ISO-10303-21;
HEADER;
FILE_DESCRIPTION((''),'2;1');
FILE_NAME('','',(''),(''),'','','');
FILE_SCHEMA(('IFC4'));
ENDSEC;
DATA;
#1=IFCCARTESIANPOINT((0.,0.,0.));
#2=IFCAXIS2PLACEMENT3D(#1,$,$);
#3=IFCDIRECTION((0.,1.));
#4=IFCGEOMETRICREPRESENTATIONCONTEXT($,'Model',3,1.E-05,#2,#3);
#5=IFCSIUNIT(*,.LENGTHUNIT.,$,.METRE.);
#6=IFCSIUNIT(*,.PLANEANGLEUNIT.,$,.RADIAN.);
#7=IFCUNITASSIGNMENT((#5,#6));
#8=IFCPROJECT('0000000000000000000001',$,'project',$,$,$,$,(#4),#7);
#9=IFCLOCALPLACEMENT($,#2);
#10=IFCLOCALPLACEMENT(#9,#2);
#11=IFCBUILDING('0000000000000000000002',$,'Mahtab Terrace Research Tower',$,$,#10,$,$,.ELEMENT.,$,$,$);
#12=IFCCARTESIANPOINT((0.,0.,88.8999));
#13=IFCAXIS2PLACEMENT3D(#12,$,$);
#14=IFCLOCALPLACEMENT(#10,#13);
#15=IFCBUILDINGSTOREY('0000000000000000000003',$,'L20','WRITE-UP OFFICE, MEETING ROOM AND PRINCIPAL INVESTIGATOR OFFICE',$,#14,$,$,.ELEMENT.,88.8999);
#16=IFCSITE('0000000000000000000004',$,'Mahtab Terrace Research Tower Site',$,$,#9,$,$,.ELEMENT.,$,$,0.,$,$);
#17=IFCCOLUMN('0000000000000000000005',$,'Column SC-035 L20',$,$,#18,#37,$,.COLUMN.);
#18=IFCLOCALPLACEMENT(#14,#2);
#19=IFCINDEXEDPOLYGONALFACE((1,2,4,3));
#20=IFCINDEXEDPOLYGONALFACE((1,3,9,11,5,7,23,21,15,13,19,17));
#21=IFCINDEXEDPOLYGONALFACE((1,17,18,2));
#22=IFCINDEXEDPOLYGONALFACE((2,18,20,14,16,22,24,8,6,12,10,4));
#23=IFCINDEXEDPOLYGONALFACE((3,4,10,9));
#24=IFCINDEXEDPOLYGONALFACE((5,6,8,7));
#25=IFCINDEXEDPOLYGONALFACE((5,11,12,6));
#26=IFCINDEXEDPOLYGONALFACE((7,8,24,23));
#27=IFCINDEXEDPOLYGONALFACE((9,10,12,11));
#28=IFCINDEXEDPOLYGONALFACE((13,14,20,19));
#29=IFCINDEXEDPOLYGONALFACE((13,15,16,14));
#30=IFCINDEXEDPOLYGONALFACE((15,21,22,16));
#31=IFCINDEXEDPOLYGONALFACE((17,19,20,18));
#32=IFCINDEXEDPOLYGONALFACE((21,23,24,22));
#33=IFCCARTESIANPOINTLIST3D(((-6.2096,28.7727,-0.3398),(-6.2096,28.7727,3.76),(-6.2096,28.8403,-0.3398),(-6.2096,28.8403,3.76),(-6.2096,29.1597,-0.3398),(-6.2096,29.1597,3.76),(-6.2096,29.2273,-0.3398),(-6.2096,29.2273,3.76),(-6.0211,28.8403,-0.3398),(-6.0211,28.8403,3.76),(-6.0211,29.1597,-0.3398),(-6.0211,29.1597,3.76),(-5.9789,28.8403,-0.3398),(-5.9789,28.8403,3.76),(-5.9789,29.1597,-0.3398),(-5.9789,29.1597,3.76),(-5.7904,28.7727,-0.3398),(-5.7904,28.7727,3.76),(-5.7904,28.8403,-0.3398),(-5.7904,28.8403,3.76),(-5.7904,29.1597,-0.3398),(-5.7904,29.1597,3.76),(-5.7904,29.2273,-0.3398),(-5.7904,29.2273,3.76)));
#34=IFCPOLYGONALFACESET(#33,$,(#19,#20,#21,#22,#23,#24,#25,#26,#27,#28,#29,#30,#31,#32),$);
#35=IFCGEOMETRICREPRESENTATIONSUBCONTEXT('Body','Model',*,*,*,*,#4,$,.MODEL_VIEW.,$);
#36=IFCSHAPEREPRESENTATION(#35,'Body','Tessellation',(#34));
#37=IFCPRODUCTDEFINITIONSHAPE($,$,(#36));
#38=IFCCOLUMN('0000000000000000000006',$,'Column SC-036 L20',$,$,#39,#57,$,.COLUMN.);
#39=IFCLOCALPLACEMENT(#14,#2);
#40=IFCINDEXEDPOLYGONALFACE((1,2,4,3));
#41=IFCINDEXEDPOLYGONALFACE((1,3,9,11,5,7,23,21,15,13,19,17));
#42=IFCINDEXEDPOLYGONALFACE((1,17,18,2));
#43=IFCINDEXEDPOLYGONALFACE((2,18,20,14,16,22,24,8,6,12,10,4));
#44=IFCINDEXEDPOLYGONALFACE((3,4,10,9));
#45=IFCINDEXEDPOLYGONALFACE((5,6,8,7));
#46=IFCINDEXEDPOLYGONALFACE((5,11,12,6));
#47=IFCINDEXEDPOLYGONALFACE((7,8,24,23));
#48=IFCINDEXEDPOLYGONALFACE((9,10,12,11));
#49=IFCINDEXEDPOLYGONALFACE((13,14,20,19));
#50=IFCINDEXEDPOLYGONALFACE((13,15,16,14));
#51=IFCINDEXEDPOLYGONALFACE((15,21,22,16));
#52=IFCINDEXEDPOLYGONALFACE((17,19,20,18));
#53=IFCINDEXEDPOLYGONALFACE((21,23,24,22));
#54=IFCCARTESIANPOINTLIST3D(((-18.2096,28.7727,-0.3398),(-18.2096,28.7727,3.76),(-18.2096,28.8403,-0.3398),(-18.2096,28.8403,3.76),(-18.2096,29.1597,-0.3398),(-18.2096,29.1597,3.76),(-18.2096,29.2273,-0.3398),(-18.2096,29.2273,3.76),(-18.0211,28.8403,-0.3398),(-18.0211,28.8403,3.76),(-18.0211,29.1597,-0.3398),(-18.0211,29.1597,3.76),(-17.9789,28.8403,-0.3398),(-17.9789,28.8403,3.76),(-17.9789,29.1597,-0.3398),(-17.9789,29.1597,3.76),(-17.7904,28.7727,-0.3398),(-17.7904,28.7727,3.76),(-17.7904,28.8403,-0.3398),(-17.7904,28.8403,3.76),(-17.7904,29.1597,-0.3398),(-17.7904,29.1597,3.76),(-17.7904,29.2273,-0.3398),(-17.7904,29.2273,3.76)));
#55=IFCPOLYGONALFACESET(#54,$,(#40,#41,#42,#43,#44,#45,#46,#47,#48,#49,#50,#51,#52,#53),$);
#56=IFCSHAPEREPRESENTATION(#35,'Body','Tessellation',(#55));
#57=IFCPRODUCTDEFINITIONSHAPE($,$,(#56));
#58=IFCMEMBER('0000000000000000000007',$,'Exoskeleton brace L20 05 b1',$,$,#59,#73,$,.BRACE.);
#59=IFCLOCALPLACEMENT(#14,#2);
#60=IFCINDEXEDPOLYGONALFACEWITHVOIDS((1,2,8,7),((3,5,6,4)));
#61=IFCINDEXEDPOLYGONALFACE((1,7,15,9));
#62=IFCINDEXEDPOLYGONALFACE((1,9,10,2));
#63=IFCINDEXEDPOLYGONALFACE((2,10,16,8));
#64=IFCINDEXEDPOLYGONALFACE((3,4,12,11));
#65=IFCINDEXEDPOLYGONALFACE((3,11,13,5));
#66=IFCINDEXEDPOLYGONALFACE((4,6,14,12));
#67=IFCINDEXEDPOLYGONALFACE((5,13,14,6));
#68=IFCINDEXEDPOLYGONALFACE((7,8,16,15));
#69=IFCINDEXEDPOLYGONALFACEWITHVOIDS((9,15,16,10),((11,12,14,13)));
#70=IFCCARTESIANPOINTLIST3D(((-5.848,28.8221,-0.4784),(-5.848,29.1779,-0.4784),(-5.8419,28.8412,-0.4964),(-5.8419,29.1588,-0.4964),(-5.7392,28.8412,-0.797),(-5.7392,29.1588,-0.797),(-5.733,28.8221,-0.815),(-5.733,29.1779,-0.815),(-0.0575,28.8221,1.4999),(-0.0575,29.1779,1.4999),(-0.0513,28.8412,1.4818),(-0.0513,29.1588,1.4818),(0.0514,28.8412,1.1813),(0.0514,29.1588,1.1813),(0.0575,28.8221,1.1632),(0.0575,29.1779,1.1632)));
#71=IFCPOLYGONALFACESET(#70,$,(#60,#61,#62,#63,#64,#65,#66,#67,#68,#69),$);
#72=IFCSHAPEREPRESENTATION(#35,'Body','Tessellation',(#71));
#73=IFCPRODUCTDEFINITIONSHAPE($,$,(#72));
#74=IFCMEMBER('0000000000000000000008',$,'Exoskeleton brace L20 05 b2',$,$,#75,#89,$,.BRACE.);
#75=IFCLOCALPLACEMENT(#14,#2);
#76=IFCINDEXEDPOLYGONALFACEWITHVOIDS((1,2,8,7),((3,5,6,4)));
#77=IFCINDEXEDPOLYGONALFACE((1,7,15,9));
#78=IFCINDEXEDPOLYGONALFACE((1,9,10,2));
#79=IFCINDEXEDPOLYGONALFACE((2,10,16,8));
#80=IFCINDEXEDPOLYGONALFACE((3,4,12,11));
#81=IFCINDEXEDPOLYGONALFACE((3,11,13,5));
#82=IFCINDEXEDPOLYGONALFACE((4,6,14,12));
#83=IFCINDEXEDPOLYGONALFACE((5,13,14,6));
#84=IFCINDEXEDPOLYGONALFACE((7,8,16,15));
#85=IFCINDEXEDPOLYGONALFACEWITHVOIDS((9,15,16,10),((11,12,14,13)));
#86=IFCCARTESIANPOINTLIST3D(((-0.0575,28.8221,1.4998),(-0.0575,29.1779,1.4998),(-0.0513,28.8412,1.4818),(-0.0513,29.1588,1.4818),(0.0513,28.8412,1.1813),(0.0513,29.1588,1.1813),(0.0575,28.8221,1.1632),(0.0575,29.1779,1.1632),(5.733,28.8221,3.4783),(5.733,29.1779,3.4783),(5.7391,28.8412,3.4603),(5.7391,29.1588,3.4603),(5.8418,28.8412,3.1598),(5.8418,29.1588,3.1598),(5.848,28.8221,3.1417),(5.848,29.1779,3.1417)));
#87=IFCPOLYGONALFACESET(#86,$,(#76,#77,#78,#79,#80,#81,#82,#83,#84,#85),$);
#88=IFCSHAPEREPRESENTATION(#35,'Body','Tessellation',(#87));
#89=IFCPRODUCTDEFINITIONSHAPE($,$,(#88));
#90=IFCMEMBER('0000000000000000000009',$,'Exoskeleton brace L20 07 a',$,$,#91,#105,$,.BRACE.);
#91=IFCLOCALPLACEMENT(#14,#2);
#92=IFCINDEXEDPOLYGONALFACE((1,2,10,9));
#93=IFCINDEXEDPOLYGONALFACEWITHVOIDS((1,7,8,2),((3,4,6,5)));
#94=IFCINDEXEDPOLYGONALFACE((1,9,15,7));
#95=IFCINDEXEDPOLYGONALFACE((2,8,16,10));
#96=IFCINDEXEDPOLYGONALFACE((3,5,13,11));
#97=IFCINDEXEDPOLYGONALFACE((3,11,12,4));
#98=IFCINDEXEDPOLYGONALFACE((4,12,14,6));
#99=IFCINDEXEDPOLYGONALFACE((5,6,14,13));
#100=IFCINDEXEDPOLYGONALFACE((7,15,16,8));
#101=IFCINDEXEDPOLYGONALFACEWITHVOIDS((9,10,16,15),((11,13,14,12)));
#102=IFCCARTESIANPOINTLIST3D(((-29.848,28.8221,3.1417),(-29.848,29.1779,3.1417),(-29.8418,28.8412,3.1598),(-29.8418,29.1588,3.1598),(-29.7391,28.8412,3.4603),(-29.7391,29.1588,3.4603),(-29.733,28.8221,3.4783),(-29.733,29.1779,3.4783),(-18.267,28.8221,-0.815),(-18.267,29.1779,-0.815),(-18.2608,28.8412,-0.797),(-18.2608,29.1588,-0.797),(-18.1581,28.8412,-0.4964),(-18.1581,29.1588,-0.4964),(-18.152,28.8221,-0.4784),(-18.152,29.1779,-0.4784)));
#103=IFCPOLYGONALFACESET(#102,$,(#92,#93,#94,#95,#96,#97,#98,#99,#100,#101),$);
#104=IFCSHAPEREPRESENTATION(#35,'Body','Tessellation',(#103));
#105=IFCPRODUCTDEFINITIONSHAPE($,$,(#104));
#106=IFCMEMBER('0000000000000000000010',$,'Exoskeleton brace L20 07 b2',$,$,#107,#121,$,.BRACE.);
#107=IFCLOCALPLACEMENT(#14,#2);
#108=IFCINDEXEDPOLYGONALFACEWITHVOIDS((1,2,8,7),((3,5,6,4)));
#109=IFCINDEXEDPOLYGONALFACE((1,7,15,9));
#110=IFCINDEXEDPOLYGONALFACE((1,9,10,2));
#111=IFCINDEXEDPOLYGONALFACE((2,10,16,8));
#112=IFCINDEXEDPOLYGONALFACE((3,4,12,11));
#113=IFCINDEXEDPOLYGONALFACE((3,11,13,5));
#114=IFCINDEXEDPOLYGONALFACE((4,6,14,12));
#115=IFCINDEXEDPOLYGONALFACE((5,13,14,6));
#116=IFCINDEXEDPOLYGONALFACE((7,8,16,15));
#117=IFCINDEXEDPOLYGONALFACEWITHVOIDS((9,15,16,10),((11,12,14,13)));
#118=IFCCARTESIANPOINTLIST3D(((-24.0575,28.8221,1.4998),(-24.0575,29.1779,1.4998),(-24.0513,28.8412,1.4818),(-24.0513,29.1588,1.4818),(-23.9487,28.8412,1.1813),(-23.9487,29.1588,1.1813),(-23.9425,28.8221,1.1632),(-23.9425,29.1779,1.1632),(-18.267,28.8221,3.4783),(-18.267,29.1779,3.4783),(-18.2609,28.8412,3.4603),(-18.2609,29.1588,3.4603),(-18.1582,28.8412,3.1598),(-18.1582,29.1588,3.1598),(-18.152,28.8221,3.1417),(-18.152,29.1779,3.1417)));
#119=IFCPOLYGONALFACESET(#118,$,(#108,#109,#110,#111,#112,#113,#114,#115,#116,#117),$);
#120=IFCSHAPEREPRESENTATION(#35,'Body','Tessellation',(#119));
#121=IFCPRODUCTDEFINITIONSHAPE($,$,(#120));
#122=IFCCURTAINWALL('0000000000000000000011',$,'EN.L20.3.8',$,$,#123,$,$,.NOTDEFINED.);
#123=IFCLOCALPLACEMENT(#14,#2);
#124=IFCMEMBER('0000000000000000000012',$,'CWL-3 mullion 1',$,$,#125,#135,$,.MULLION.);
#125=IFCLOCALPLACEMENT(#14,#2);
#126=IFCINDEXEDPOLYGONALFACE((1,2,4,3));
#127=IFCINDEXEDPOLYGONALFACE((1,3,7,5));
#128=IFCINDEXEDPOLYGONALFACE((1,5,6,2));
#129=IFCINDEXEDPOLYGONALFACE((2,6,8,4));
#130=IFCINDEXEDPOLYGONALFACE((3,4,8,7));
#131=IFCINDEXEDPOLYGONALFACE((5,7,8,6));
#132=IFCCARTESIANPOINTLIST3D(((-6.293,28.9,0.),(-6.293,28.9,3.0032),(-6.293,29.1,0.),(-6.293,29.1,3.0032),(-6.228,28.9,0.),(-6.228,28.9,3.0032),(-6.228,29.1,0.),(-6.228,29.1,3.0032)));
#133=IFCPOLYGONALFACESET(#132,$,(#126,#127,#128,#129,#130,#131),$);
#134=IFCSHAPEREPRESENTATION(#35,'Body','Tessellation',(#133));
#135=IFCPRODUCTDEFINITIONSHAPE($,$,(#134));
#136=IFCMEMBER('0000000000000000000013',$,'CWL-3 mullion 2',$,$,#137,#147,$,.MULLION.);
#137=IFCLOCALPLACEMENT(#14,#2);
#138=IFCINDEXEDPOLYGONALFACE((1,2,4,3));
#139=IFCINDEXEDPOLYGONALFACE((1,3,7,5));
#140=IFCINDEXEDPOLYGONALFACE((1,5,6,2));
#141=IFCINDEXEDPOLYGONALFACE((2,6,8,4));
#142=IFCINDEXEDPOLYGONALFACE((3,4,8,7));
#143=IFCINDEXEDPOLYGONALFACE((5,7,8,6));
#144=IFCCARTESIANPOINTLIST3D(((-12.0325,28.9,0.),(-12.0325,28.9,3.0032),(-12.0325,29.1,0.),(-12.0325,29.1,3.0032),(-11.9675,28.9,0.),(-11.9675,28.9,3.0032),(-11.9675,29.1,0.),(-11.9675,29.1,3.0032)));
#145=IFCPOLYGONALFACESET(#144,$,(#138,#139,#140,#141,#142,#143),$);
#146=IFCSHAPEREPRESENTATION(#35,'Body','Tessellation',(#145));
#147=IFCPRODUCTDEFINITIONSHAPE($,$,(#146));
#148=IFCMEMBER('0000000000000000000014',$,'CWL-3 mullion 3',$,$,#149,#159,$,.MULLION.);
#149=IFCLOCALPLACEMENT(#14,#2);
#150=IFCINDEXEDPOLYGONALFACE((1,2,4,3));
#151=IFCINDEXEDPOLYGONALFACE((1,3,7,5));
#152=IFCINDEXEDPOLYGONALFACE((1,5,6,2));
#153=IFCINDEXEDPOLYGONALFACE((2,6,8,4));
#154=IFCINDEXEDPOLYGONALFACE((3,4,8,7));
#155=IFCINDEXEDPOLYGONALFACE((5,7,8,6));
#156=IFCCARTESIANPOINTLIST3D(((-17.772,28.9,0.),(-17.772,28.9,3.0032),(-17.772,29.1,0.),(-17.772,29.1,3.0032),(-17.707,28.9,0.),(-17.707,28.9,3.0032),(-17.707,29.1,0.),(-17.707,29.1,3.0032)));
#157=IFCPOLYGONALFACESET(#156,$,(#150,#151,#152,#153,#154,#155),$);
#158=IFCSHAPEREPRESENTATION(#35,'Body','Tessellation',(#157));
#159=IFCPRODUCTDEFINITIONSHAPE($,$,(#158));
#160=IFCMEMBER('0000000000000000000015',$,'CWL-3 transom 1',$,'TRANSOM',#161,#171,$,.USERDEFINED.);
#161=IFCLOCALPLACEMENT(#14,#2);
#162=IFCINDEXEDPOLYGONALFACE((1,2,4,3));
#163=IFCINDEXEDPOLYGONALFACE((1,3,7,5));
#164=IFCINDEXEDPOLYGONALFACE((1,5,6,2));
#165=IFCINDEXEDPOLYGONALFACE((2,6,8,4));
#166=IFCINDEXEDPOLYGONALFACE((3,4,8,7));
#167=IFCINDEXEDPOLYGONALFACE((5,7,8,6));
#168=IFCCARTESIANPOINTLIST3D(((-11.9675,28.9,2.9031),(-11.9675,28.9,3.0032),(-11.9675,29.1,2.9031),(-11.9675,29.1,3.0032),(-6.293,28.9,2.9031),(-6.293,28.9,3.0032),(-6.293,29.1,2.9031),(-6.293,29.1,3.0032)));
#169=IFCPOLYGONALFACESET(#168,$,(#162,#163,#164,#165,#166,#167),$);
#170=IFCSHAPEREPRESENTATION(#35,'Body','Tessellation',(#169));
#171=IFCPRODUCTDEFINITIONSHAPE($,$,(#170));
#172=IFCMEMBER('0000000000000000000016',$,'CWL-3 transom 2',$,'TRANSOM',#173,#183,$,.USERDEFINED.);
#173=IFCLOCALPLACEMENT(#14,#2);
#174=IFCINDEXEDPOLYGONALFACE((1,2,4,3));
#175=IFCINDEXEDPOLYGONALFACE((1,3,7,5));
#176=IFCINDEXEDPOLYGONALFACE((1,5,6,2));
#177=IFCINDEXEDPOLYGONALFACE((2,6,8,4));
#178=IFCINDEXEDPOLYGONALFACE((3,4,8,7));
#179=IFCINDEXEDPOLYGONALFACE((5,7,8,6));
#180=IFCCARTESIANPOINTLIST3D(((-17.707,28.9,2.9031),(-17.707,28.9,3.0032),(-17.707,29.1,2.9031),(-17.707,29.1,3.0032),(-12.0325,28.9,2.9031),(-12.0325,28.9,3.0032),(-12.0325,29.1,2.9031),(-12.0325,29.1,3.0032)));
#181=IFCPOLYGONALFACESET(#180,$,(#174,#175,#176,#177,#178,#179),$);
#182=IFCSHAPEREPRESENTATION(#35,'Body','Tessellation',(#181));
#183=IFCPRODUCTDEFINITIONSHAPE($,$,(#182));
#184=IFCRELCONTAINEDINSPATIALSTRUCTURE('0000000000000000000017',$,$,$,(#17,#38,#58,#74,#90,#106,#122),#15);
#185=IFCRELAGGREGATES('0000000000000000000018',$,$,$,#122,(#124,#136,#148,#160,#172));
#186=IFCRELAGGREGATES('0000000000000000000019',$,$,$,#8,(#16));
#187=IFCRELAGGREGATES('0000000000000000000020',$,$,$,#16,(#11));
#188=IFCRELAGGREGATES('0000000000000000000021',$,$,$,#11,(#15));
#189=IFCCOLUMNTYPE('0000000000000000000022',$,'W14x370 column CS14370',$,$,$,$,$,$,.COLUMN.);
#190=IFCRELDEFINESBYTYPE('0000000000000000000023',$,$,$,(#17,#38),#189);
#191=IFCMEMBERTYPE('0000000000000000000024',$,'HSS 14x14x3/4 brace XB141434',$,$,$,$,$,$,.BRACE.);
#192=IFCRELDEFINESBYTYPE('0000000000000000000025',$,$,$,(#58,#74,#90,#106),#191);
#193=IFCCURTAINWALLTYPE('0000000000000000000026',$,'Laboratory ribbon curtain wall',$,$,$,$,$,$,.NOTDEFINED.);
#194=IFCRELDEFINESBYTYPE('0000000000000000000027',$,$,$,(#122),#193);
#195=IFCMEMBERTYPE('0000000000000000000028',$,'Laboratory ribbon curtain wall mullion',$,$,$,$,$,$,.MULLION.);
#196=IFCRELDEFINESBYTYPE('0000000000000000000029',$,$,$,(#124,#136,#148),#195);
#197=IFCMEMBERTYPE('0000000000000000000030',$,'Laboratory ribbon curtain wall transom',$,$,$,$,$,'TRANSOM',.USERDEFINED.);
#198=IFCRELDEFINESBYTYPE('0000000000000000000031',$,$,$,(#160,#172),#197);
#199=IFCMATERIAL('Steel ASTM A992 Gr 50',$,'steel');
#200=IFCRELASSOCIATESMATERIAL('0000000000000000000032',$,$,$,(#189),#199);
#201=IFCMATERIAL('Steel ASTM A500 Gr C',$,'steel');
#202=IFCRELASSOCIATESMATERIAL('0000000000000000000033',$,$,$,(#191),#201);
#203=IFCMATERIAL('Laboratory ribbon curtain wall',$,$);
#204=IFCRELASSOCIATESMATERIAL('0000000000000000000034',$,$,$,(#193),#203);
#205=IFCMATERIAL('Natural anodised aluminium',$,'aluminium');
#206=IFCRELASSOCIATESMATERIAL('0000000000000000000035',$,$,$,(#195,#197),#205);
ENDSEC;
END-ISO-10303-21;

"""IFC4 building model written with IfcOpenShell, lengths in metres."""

from ifc_helpers import new_model, si_unit, direction, frame, origin, origin_2d, place, context, subcontext, project, spatial, rectangle, hollow_rectangle, i_section, extrude, material, material_profile, profile_set, type_object, element, aggregate, save


model = new_model("IFC4")

# Units and contexts
model_context = context("Model", 3, precision=1e-05, world=origin(), true_north=direction((0.0, 1.0)))
body_context = subcontext(model_context, "Body", "Model", "MODEL_VIEW")
ifc_project = project(units=[si_unit("LENGTHUNIT", "METRE"), si_unit("PLANEANGLEUNIT", "RADIAN")], contexts=[model_context])

# Site, building, storey
site_placement = place(None, origin())
site = spatial("IfcSite", under=ifc_project, at=site_placement, Name="Mahtab Terrace Research Tower Site", CompositionType="ELEMENT", RefElevation=0.0)
building_placement = place(site_placement, origin())
building = spatial("IfcBuilding", under=site, at=building_placement, Name="Mahtab Terrace Research Tower", CompositionType="ELEMENT")
storey_placement = place(building_placement, frame((0.0, 0.0, 88.8999)))
storey = spatial("IfcBuildingStorey", under=building, at=storey_placement, Name="L20", Description="WRITE-UP OFFICE, MEETING ROOM AND PRINCIPAL INVESTIGATOR OFFICE", CompositionType="ELEMENT", Elevation=88.8999)

# Columns
ifc_material_1 = material(Name="Steel ASTM A992 Gr 50", Category="steel")
ifc_material_profile_1 = material_profile(ifc_material_1, i_section(OverallWidth=0.4192, OverallDepth=0.4546, WebThickness=0.0422, FlangeThickness=0.0676, at=origin_2d()), Name="W14X370")
ifc_profile_set_1 = profile_set([ifc_material_profile_1], Name="Steel ASTM A992 Gr 50")
column_type = type_object("IfcColumnType", Name="W14x370 column CS14370", PredefinedType="COLUMN", material=ifc_profile_set_1)
for number, where, z_axis, x_axis, name in (
    (1, (-6.0, 29.0, -0.3398), (0.0, 0.0, 1.0), (1.0, 0.0, 0.0), "Column SC-035 L20"),
    (2, (-18.0, 29.0, -0.3398), (0.0, 0.0, 1.0), (1.0, 0.0, 0.0), "Column SC-036 L20"),
):
    element("IfcColumn", number, at=place(storey_placement, frame(where, z_axis=z_axis, x_axis=x_axis)), inside=storey, type_object=column_type, Name=name, PredefinedType="COLUMN", context=body_context, shape_type="SweptSolid", body=[
        extrude(i_section(OverallWidth=0.4192, OverallDepth=0.4546, WebThickness=0.0422, FlangeThickness=0.0676, at=origin_2d()), origin(), (0.0, 0.0, 1.0), 4.0999),
    ])

# Members
ifc_material_2 = material(Name="Steel ASTM A500 Gr C", Category="steel")
ifc_material_profile_2 = material_profile(ifc_material_2, hollow_rectangle(XDim=0.3557, YDim=0.3557, WallThickness=0.019, at=origin_2d()), Name="HSS14X14X3/4")
ifc_profile_set_2 = profile_set([ifc_material_profile_2], Name="Steel ASTM A500 Gr C")
member_type_1 = type_object("IfcMemberType", Name="HSS 14x14x3/4 brace XB141434", PredefinedType="BRACE", material=ifc_profile_set_2)
for number, where, z_axis, x_axis, name in (
    (3, (-5.7905, 29.0, -0.6467), (0.946299, 0.0, 0.323293), (0.0, 1.0, 0.0), "Exoskeleton brace L20 05 b1"),
    (4, (0.0, 29.0, 1.3315), (0.946287, 0.0, 0.323329), (0.0, 1.0, 0.0), "Exoskeleton brace L20 05 b2"),
):
    element("IfcMember", number, at=place(storey_placement, frame(where, z_axis=z_axis, x_axis=x_axis)), inside=storey, type_object=member_type_1, Name=name, PredefinedType="BRACE", context=body_context, shape_type="SweptSolid", body=[
        extrude(hollow_rectangle(XDim=0.3557, YDim=0.3557, WallThickness=0.019, at=origin_2d()), origin(), (0.0, 0.0, 1.0), 6.1191),
    ])
member_1_placement = place(storey_placement, frame((-18.2095, 29.0, -0.6467), z_axis=(-0.946293, 0.0, 0.323311), x_axis=(0.0, -1.0, 0.0)))
element("IfcMember", 5, at=member_1_placement, inside=storey, type_object=member_type_1, Name="Exoskeleton brace L20 07 a", PredefinedType="BRACE", context=body_context, shape_type="SweptSolid", body=[
    extrude(hollow_rectangle(XDim=0.3557, YDim=0.3557, WallThickness=0.019, at=origin_2d()), origin(), (0.0, 0.0, 1.0), 12.2383),
])
member_2_placement = place(storey_placement, frame((-24.0, 29.0, 1.3315), z_axis=(0.946287, 0.0, 0.323329), x_axis=(0.0, 1.0, 0.0)))
element("IfcMember", 6, at=member_2_placement, inside=storey, type_object=member_type_1, Name="Exoskeleton brace L20 07 b2", PredefinedType="BRACE", context=body_context, shape_type="SweptSolid", body=[
    extrude(hollow_rectangle(XDim=0.3557, YDim=0.3557, WallThickness=0.019, at=origin_2d()), origin(), (0.0, 0.0, 1.0), 6.1191),
])

# Curtain wall, members
ifc_material_3 = material(Name="Laboratory ribbon curtain wall")
curtain_wall_type = type_object("IfcCurtainWallType", Name="Laboratory ribbon curtain wall", PredefinedType="NOTDEFINED", material=ifc_material_3)
curtain_wall_placement = place(storey_placement, origin())
curtain_wall = element("IfcCurtainWall", 7, at=curtain_wall_placement, inside=storey, type_object=curtain_wall_type, Name="EN.L20.3.8", PredefinedType="NOTDEFINED")
ifc_material_4 = material(Name="Natural anodised aluminium", Category="aluminium")
ifc_material_profile_3 = material_profile(ifc_material_4, rectangle(XDim=0.2, YDim=0.0649, at=origin_2d()), Name="MULLION 65x200")
ifc_profile_set_3 = profile_set([ifc_material_profile_3], Name="Natural anodised aluminium")
member_type_2 = type_object("IfcMemberType", Name="Laboratory ribbon curtain wall mullion", PredefinedType="MULLION", material=ifc_profile_set_3)
member_3_placement = place(storey_placement, frame((-6.2605, 29.0, 0.0), z_axis=(0.0, 0.0, 1.0), x_axis=(0.0, -1.0, 0.0)))
member_3 = element("IfcMember", 8, at=member_3_placement, type_object=member_type_2, Name="CWL-3 mullion 1", PredefinedType="MULLION", context=body_context, shape_type="SweptSolid", body=[
    extrude(rectangle(XDim=0.2, YDim=0.0649, at=origin_2d()), origin(), (0.0, 0.0, 1.0), 3.0032),
])
member_4_placement = place(storey_placement, frame((-12.0, 29.0, 0.0), z_axis=(0.0, 0.0, 1.0), x_axis=(0.0, -1.0, 0.0)))
member_4 = element("IfcMember", 9, at=member_4_placement, type_object=member_type_2, Name="CWL-3 mullion 2", PredefinedType="MULLION", context=body_context, shape_type="SweptSolid", body=[
    extrude(rectangle(XDim=0.2, YDim=0.0649, at=origin_2d()), origin(), (0.0, 0.0, 1.0), 3.0032),
])
member_5_placement = place(storey_placement, frame((-17.7395, 29.0, 0.0), z_axis=(0.0, 0.0, 1.0), x_axis=(0.0, -1.0, 0.0)))
member_5 = element("IfcMember", 10, at=member_5_placement, type_object=member_type_2, Name="CWL-3 mullion 3", PredefinedType="MULLION", context=body_context, shape_type="SweptSolid", body=[
    extrude(rectangle(XDim=0.2, YDim=0.0649, at=origin_2d()), origin(), (0.0, 0.0, 1.0), 3.0032),
])
ifc_material_profile_4 = material_profile(ifc_material_4, rectangle(XDim=0.2, YDim=0.1001, at=origin_2d()), Name="TRANSOM 100x200")
ifc_profile_set_4 = profile_set([ifc_material_profile_4], Name="Natural anodised aluminium")
member_type_3 = type_object("IfcMemberType", Name="Laboratory ribbon curtain wall transom", ElementType="TRANSOM", PredefinedType="USERDEFINED", material=ifc_profile_set_4)
member_6_placement = place(storey_placement, frame((-6.293, 29.0, 2.9531), z_axis=(-1.0, 0.0, 0.0), x_axis=(0.0, -1.0, 0.0)))
member_6 = element("IfcMember", 11, at=member_6_placement, type_object=member_type_3, Name="CWL-3 transom 1", ObjectType="TRANSOM", PredefinedType="USERDEFINED", context=body_context, shape_type="SweptSolid", body=[
    extrude(rectangle(XDim=0.2, YDim=0.1001, at=origin_2d()), origin(), (0.0, 0.0, 1.0), 5.6746),
])
member_7_placement = place(storey_placement, frame((-12.0325, 29.0, 2.9531), z_axis=(-1.0, 0.0, 0.0), x_axis=(0.0, -1.0, 0.0)))
member_7 = element("IfcMember", 12, at=member_7_placement, type_object=member_type_3, Name="CWL-3 transom 2", ObjectType="TRANSOM", PredefinedType="USERDEFINED", context=body_context, shape_type="SweptSolid", body=[
    extrude(rectangle(XDim=0.2, YDim=0.1001, at=origin_2d()), origin(), (0.0, 0.0, 1.0), 5.6746),
])

aggregate(curtain_wall, [member_3, member_4, member_5, member_6, member_7])

save(model, "model.ifc")
